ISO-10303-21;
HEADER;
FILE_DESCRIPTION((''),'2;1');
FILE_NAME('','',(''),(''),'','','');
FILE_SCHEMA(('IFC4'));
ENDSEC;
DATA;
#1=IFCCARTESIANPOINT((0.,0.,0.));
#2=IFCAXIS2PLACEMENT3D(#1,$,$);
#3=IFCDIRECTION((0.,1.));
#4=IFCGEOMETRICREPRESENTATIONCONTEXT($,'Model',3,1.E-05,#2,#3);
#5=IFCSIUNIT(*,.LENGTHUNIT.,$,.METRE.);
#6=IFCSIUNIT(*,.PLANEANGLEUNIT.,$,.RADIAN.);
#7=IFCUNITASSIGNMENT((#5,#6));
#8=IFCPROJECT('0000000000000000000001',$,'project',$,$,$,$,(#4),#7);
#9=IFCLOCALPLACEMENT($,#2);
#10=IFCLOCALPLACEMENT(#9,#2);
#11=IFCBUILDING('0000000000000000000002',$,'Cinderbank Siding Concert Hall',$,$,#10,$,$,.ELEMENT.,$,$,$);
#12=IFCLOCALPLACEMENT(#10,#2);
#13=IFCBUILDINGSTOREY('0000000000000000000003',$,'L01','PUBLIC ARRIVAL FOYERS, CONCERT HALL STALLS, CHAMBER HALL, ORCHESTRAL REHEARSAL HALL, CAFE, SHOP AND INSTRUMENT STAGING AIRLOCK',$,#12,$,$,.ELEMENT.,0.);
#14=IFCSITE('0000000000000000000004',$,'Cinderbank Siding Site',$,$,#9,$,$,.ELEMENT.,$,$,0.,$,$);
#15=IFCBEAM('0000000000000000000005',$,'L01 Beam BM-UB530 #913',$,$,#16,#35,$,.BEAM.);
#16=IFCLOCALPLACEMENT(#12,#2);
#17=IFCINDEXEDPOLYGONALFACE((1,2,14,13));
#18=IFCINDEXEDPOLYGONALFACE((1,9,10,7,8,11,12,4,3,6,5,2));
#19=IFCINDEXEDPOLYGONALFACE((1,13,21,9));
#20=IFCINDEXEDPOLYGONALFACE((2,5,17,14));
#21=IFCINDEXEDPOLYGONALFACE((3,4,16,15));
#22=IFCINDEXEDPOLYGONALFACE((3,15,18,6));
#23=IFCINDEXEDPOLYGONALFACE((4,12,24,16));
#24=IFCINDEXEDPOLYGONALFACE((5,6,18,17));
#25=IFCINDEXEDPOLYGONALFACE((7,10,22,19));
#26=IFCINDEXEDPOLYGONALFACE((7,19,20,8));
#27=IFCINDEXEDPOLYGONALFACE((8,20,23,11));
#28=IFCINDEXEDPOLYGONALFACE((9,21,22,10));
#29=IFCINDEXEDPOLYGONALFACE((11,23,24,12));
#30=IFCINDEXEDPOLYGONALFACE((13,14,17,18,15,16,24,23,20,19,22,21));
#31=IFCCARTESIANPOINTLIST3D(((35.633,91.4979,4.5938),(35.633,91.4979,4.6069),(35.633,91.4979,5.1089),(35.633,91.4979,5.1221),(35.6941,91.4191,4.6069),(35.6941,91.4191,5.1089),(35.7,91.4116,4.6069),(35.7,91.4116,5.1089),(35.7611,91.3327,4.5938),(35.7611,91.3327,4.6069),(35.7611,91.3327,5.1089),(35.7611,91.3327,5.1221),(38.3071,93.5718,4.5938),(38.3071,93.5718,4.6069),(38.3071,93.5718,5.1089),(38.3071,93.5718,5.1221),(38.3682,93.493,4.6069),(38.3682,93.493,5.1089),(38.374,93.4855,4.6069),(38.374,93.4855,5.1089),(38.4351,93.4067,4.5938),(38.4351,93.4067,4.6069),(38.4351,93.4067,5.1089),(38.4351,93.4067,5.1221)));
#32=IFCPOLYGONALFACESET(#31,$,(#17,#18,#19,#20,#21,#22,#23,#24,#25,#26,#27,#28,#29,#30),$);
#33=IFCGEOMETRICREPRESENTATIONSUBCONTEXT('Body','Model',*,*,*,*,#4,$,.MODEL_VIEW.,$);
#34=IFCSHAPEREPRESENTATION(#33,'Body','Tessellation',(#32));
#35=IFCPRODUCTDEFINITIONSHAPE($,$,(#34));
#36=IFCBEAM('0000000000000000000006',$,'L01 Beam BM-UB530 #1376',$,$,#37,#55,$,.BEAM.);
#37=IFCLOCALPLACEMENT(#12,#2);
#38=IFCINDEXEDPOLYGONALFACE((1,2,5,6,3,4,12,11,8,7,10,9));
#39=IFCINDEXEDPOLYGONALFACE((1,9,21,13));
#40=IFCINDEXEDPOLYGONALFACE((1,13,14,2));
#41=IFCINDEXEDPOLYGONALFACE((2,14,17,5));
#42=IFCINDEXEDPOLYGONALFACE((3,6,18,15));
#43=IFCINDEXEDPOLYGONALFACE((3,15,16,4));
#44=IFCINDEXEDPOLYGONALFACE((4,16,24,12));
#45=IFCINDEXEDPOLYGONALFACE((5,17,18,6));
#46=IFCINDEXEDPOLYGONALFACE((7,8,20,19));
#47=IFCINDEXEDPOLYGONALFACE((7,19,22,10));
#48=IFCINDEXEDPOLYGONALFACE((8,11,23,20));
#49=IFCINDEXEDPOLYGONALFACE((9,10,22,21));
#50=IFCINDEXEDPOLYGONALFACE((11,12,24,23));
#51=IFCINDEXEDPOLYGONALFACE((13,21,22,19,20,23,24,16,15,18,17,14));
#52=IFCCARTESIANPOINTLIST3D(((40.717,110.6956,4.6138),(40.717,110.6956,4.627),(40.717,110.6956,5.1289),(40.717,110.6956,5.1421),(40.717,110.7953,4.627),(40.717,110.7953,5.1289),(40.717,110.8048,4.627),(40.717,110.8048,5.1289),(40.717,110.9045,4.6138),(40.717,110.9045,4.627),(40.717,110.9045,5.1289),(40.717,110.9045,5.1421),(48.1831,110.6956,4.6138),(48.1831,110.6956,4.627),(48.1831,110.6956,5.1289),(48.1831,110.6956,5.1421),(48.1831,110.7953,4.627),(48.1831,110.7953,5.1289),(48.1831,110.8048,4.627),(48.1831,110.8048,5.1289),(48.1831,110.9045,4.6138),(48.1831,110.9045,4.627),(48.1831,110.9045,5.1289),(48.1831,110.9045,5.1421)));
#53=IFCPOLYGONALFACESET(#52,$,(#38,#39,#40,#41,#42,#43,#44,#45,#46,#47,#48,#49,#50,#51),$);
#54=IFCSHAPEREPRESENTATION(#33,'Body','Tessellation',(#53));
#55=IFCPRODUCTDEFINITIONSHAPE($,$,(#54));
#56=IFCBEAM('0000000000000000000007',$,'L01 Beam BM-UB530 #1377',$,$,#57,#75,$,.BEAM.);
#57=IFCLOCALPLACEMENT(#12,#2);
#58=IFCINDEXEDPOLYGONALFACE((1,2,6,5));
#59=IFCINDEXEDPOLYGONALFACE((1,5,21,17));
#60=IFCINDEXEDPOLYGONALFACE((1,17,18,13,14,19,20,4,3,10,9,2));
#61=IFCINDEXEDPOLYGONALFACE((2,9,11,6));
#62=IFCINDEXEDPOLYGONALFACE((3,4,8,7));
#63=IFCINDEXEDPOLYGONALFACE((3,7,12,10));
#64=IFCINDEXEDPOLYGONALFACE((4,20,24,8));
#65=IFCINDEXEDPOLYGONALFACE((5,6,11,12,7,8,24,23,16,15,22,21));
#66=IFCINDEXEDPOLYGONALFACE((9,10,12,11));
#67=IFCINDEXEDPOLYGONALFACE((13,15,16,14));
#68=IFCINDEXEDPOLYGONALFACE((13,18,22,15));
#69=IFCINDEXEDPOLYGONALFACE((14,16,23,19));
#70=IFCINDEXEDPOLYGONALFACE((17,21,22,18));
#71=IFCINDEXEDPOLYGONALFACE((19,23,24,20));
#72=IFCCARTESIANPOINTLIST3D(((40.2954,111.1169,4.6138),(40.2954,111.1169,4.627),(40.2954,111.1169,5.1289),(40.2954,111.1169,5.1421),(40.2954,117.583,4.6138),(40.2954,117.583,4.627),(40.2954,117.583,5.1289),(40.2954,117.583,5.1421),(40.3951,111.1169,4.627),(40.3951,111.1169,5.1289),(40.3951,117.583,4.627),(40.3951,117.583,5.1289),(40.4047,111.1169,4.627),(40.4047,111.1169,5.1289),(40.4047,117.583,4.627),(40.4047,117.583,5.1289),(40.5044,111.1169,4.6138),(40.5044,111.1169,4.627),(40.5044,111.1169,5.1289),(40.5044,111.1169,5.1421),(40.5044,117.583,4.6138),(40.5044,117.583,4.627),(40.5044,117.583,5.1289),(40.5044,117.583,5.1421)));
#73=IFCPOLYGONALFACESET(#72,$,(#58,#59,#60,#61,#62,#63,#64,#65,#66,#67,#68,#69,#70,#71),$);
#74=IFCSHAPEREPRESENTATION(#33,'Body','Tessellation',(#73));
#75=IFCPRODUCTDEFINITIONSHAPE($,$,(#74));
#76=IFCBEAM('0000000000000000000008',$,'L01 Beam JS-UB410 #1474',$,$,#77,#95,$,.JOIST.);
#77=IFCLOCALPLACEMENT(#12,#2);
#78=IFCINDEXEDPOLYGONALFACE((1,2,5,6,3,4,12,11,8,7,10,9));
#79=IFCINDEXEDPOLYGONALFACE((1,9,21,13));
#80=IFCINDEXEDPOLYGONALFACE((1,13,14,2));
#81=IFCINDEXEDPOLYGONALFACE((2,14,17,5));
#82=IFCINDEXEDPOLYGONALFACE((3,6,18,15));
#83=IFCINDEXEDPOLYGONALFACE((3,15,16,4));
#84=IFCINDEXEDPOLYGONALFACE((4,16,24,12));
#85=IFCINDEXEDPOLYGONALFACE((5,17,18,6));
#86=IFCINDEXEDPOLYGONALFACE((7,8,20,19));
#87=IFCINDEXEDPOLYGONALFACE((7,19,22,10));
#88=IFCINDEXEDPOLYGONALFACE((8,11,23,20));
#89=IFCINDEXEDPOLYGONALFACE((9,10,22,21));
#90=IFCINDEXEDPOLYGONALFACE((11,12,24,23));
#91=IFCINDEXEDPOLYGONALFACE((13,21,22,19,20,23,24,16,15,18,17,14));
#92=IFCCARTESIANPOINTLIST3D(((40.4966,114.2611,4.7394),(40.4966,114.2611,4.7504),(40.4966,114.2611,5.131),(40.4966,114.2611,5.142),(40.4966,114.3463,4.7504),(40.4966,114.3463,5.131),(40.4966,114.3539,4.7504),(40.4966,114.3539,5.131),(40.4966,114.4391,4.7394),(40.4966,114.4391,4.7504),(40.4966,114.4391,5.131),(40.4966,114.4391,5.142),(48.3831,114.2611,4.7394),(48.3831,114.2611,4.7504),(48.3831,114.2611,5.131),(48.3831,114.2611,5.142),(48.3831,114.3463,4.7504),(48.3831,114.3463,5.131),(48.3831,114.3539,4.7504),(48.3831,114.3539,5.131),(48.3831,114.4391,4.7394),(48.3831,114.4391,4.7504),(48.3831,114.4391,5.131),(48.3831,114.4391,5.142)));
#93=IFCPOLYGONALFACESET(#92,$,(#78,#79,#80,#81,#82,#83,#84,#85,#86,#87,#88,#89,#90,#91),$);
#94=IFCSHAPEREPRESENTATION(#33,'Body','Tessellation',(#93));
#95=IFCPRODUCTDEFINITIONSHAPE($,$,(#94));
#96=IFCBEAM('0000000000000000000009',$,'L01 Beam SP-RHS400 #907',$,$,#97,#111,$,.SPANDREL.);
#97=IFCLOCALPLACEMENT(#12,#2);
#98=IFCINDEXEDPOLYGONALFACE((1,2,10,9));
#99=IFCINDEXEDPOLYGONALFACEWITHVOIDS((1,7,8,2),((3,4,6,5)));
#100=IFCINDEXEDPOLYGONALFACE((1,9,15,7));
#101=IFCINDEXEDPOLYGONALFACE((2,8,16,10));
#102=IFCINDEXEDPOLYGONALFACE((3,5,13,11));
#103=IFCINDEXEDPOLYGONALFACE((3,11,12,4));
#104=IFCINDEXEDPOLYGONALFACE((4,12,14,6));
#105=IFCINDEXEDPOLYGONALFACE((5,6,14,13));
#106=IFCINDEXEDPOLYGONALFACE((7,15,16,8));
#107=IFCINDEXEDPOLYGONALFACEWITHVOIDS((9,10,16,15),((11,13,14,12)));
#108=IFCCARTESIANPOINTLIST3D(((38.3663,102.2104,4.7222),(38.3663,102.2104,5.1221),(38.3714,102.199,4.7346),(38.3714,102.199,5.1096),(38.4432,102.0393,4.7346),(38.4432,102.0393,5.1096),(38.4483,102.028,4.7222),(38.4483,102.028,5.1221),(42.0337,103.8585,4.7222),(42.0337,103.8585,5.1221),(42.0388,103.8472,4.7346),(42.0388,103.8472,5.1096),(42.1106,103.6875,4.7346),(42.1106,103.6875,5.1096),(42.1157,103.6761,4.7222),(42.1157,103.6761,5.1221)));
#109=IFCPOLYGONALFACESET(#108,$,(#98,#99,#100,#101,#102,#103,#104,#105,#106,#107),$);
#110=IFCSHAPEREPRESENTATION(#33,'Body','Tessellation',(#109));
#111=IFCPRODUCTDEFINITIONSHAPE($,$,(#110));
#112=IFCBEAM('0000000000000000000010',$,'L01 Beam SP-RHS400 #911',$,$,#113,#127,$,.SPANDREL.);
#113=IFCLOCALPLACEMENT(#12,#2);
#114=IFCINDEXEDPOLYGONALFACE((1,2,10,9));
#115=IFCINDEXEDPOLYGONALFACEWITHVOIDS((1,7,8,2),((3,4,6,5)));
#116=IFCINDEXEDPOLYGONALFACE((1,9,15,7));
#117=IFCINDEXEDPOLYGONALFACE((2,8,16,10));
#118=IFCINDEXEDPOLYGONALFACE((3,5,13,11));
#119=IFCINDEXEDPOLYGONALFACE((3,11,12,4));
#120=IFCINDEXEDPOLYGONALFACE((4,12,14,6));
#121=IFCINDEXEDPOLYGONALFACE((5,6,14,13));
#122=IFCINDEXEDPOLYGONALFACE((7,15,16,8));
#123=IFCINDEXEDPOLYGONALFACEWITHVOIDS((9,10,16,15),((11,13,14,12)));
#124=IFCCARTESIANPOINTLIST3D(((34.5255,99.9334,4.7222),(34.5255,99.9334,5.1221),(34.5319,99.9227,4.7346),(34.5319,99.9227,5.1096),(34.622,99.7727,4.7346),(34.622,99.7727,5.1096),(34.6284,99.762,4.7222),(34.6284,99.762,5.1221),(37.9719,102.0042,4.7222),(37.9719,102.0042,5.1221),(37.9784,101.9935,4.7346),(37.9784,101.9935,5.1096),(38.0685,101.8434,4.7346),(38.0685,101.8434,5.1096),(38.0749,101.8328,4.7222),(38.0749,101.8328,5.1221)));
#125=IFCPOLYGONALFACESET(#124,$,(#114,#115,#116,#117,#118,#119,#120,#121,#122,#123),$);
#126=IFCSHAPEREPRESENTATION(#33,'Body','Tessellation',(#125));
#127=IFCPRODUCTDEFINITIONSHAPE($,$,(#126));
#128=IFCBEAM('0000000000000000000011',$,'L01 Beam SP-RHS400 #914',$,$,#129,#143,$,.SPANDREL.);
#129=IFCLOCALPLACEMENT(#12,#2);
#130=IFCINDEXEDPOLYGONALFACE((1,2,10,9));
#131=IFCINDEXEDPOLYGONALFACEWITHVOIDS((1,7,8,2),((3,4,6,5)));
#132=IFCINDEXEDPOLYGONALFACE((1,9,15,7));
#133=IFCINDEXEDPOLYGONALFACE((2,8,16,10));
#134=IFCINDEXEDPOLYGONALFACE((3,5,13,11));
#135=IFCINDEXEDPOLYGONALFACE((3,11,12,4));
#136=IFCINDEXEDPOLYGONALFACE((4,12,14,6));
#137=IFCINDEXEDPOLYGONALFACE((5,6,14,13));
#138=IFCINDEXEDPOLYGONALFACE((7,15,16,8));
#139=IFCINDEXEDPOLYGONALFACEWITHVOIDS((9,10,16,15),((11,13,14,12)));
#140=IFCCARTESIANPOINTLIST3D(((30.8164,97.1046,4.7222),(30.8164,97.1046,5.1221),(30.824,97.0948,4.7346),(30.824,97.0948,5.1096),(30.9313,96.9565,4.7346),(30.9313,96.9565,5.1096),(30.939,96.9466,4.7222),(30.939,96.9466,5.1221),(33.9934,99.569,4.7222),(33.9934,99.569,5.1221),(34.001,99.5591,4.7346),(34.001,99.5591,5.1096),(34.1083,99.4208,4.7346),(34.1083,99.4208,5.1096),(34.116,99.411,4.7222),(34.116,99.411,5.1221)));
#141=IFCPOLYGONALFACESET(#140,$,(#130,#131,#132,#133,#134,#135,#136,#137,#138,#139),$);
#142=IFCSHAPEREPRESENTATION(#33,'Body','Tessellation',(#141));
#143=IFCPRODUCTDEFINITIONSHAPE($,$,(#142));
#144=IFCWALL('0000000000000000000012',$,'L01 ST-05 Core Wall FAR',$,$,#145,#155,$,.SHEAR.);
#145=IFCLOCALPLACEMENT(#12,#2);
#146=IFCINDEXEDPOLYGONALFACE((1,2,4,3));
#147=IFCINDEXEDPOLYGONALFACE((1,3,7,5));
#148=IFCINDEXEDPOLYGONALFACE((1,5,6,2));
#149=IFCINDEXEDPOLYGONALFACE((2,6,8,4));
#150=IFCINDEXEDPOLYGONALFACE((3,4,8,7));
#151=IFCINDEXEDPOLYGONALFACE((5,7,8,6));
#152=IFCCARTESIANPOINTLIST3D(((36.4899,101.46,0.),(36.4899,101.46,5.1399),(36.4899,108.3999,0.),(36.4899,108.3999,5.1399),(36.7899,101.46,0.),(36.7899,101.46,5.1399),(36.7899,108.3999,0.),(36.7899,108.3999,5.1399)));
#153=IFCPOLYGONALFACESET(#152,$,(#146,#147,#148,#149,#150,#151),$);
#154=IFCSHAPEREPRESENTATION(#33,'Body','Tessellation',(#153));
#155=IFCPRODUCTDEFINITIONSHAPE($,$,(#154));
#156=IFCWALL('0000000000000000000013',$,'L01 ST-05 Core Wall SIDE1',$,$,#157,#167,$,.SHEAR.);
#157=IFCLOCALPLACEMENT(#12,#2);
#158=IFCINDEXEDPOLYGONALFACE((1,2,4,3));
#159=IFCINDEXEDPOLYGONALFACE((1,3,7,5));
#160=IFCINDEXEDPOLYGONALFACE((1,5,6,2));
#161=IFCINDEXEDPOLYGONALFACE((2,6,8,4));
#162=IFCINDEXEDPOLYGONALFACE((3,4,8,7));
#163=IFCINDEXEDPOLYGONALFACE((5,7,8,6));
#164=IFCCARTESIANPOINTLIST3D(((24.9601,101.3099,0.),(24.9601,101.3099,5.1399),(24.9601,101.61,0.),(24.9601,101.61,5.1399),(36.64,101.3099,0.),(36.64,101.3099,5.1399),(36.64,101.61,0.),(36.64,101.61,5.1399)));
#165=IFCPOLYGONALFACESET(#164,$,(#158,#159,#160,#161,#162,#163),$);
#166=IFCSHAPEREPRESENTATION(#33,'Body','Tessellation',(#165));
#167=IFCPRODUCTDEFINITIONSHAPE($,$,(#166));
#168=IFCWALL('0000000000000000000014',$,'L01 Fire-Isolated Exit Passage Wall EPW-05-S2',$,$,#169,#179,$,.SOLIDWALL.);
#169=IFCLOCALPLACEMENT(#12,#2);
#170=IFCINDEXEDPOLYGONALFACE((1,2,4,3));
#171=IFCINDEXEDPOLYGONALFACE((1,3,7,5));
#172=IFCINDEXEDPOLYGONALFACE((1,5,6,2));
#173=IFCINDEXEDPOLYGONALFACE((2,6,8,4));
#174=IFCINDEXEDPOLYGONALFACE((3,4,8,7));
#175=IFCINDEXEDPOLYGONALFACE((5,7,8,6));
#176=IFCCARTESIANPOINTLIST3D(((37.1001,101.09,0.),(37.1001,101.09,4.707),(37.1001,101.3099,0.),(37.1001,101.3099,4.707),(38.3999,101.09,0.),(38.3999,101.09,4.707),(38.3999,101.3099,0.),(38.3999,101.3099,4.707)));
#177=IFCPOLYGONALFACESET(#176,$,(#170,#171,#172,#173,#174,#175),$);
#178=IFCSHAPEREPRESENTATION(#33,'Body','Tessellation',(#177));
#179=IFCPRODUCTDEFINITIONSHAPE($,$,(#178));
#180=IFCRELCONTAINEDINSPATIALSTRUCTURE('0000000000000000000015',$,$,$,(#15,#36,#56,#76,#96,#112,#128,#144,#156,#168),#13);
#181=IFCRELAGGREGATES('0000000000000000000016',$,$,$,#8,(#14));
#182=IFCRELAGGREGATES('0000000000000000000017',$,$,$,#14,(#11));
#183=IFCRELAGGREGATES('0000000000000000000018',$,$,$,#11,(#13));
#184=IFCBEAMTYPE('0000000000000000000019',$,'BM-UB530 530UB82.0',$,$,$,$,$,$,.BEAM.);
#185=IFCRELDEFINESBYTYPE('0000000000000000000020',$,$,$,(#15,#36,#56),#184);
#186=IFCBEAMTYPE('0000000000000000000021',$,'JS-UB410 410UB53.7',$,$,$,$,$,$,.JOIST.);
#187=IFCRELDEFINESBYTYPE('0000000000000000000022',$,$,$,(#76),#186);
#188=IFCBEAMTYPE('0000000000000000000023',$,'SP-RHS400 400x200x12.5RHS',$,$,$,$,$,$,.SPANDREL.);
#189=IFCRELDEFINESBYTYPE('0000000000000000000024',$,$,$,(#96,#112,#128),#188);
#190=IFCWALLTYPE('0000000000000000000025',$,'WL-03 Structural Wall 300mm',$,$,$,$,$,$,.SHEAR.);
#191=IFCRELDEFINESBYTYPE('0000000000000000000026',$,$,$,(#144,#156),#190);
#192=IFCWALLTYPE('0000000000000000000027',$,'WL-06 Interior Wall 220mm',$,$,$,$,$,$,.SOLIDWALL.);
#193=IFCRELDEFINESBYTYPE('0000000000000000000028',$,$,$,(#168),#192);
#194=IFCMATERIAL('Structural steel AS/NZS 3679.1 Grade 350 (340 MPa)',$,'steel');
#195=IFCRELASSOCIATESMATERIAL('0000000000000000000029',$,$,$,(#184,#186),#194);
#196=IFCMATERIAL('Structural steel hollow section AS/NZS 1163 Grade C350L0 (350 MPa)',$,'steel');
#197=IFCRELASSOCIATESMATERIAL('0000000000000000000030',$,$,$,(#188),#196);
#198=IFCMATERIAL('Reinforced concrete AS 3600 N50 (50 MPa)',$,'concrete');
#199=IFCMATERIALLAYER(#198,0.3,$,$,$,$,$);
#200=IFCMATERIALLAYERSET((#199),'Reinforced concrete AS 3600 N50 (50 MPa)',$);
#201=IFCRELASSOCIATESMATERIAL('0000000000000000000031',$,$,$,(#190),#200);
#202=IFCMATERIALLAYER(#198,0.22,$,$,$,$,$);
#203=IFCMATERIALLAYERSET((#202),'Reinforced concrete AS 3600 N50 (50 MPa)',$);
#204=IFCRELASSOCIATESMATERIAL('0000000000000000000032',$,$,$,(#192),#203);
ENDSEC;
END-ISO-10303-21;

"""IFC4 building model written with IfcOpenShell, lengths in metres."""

from ifc_helpers import new_model, si_unit, direction, frame, frame_2d, origin, origin_2d, place, context, subcontext, project, spatial, rectangle, hollow_rectangle, i_section, extrude, material, layer, layer_set, material_profile, profile_set, type_object, element, save


model = new_model("IFC4")

# Units and contexts
model_context = context("Model", 3, precision=1e-05, world=origin(), true_north=direction((0.0, 1.0)))
body_context = subcontext(model_context, "Body", "Model", "MODEL_VIEW")
ifc_project = project(units=[si_unit("LENGTHUNIT", "METRE"), si_unit("PLANEANGLEUNIT", "RADIAN")], contexts=[model_context])

# Site, building, storey
site_placement = place(None, origin())
site = spatial("IfcSite", under=ifc_project, at=site_placement, Name="Cinderbank Siding Site", CompositionType="ELEMENT", RefElevation=0.0)
building_placement = place(site_placement, origin())
building = spatial("IfcBuilding", under=site, at=building_placement, Name="Cinderbank Siding Concert Hall", CompositionType="ELEMENT")
storey_placement = place(building_placement, origin())
storey = spatial("IfcBuildingStorey", under=building, at=storey_placement, Name="L01", Description="PUBLIC ARRIVAL FOYERS, CONCERT HALL STALLS, CHAMBER HALL, ORCHESTRAL REHEARSAL HALL, CAFE, SHOP AND INSTRUMENT STAGING AIRLOCK", CompositionType="ELEMENT", Elevation=0.0)

# Shared definitions
ifc_material_1 = material(Name="Reinforced concrete AS 3600 N50 (50 MPa)", Category="concrete")
ifc_material_2 = material(Name="Structural steel AS/NZS 3679.1 Grade 350 (340 MPa)", Category="steel")

# Beams
ifc_material_profile_1 = material_profile(ifc_material_2, i_section(OverallWidth=0.209, OverallDepth=0.5283, WebThickness=0.0095, FlangeThickness=0.0132, at=origin_2d()), Name="530UB82.0", Category="LoadBearing")
ifc_profile_set_1 = profile_set([ifc_material_profile_1], Name="Structural steel AS/NZS 3679.1 Grade 350 (340 MPa)")
beam_type_1 = type_object("IfcBeamType", Name="BM-UB530 530UB82.0", PredefinedType="BEAM", material=ifc_profile_set_1)
beam_1_placement = place(storey_placement, frame((38.3711, 93.4893, 4.8579), z_axis=(-0.790191, -0.612861, 0.0), x_axis=(0.612861, -0.790191, 0.0)))
element("IfcBeam", 1, at=beam_1_placement, inside=storey, type_object=beam_type_1, Name="L01 Beam BM-UB530 #913", PredefinedType="BEAM", context=body_context, shape_type="SweptSolid", body=[
    extrude(i_section(OverallWidth=0.209, OverallDepth=0.5283, WebThickness=0.0095, FlangeThickness=0.0132, at=origin_2d()), origin(), (0.0, 0.0, 1.0), 3.384),
])
beam_2_placement = place(storey_placement, frame((40.717, 110.8, 4.8779), z_axis=(1.0, 0.0, 0.0), x_axis=(0.0, 1.0, 0.0)))
element("IfcBeam", 2, at=beam_2_placement, inside=storey, type_object=beam_type_1, Name="L01 Beam BM-UB530 #1376", PredefinedType="BEAM", context=body_context, shape_type="SweptSolid", body=[
    extrude(i_section(OverallWidth=0.209, OverallDepth=0.5283, WebThickness=0.0095, FlangeThickness=0.0132, at=origin_2d()), origin(), (0.0, 0.0, 1.0), 7.4661),
])
beam_3_placement = place(storey_placement, frame((40.3999, 111.1169, 4.8779), z_axis=(0.0, 1.0, 0.0), x_axis=(-1.0, 0.0, 0.0)))
element("IfcBeam", 3, at=beam_3_placement, inside=storey, type_object=beam_type_1, Name="L01 Beam BM-UB530 #1377", PredefinedType="BEAM", context=body_context, shape_type="SweptSolid", body=[
    extrude(i_section(OverallWidth=0.209, OverallDepth=0.5283, WebThickness=0.0095, FlangeThickness=0.0132, at=origin_2d()), origin(), (0.0, 0.0, 1.0), 6.4661),
])
ifc_material_profile_2 = material_profile(ifc_material_2, i_section(OverallWidth=0.178, OverallDepth=0.4026, WebThickness=0.0076, FlangeThickness=0.011, at=origin_2d()), Name="410UB53.7", Category="LoadBearing")
ifc_profile_set_2 = profile_set([ifc_material_profile_2], Name="Structural steel AS/NZS 3679.1 Grade 350 (340 MPa)")
beam_type_2 = type_object("IfcBeamType", Name="JS-UB410 410UB53.7", PredefinedType="JOIST", material=ifc_profile_set_2)
beam_4_placement = place(storey_placement, frame((40.4966, 114.3501, 4.9407), z_axis=(1.0, 0.0, 0.0), x_axis=(0.0, 1.0, 0.0)))
element("IfcBeam", 4, at=beam_4_placement, inside=storey, type_object=beam_type_2, Name="L01 Beam JS-UB410 #1474", PredefinedType="JOIST", context=body_context, shape_type="SweptSolid", body=[
    extrude(i_section(OverallWidth=0.178, OverallDepth=0.4026, WebThickness=0.0076, FlangeThickness=0.011, at=origin_2d()), origin(), (0.0, 0.0, 1.0), 7.8865),
])
ifc_material_3 = material(Name="Structural steel hollow section AS/NZS 1163 Grade C350L0 (350 MPa)", Category="steel")
ifc_material_profile_3 = material_profile(ifc_material_3, hollow_rectangle(XDim=0.2, YDim=0.3999, WallThickness=0.0125, at=origin_2d()), Name="400x200x12.5RHS", Category="LoadBearing")
ifc_profile_set_3 = profile_set([ifc_material_profile_3], Name="Structural steel hollow section AS/NZS 1163 Grade C350L0 (350 MPa)")
beam_type_3 = type_object("IfcBeamType", Name="SP-RHS400 400x200x12.5RHS", PredefinedType="SPANDREL", material=ifc_profile_set_3)
for number, where, z_axis, x_axis, name in (
    (5, (42.0747, 103.7673, 4.9221), (-0.912124, -0.409915, 0.0), (0.409915, -0.912124, 0.0), "L01 Beam SP-RHS400 #907"),
    (6, (38.0234, 101.9185, 4.9221), (-0.857177, -0.515022, 0.0), (0.515022, -0.857177, 0.0), "L01 Beam SP-RHS400 #911"),
    (7, (34.0547, 99.49, 4.9221), (-0.790153, -0.61291, 0.0), (0.61291, -0.790153, 0.0), "L01 Beam SP-RHS400 #914"),
):
    element("IfcBeam", number, at=place(storey_placement, frame(where, z_axis=z_axis, x_axis=x_axis)), inside=storey, type_object=beam_type_3, Name=name, PredefinedType="SPANDREL", context=body_context, shape_type="SweptSolid", body=[
        extrude(hollow_rectangle(XDim=0.2, YDim=0.3999, WallThickness=0.0125, at=origin_2d()), origin(), (0.0, 0.0, 1.0), 4.0208),
    ])

# Walls
ifc_layer_1 = layer(ifc_material_1, 0.3)
ifc_layer_set_1 = layer_set([ifc_layer_1], Name="Reinforced concrete AS 3600 N50 (50 MPa)")
wall_type_1 = type_object("IfcWallType", Name="WL-03 Structural Wall 300mm", PredefinedType="SHEAR", material=ifc_layer_set_1)
wall_1_placement = place(storey_placement, frame((36.6399, 108.3999, 0.0), z_axis=(0.0, 0.0, 1.0), x_axis=(0.0, -1.0, 0.0)))
element("IfcWall", 8, at=wall_1_placement, inside=storey, type_object=wall_type_1, Name="L01 ST-05 Core Wall FAR", PredefinedType="SHEAR", context=body_context, shape_type="SweptSolid", body=[
    extrude(rectangle(XDim=6.9399, YDim=0.3, at=frame_2d((3.47, 0.0))), origin(), (0.0, 0.0, 1.0), 5.1399),
])
wall_2_placement = place(storey_placement, frame((36.6399, 101.46, 0.0), z_axis=(0.0, 0.0, 1.0), x_axis=(-1.0, 0.0, 0.0)))
element("IfcWall", 9, at=wall_2_placement, inside=storey, type_object=wall_type_1, Name="L01 ST-05 Core Wall SIDE1", PredefinedType="SHEAR", context=body_context, shape_type="SweptSolid", body=[
    extrude(rectangle(XDim=11.6799, YDim=0.3, at=frame_2d((5.8398, 0.0))), origin(), (0.0, 0.0, 1.0), 5.1399),
])
ifc_layer_2 = layer(ifc_material_1, 0.22)
ifc_layer_set_2 = layer_set([ifc_layer_2], Name="Reinforced concrete AS 3600 N50 (50 MPa)")
wall_type_2 = type_object("IfcWallType", Name="WL-06 Interior Wall 220mm", PredefinedType="SOLIDWALL", material=ifc_layer_set_2)
wall_3_placement = place(storey_placement, frame((37.1001, 101.2, 0.0), z_axis=(0.0, 0.0, 1.0), x_axis=(1.0, 0.0, 0.0)))
element("IfcWall", 10, at=wall_3_placement, inside=storey, type_object=wall_type_2, Name="L01 Fire-Isolated Exit Passage Wall EPW-05-S2", PredefinedType="SOLIDWALL", context=body_context, shape_type="SweptSolid", body=[
    extrude(rectangle(XDim=1.2998, YDim=0.22, at=frame_2d((0.6499, 0.0))), origin(), (0.0, 0.0, 1.0), 4.707),
])

save(model, "model.ifc")
